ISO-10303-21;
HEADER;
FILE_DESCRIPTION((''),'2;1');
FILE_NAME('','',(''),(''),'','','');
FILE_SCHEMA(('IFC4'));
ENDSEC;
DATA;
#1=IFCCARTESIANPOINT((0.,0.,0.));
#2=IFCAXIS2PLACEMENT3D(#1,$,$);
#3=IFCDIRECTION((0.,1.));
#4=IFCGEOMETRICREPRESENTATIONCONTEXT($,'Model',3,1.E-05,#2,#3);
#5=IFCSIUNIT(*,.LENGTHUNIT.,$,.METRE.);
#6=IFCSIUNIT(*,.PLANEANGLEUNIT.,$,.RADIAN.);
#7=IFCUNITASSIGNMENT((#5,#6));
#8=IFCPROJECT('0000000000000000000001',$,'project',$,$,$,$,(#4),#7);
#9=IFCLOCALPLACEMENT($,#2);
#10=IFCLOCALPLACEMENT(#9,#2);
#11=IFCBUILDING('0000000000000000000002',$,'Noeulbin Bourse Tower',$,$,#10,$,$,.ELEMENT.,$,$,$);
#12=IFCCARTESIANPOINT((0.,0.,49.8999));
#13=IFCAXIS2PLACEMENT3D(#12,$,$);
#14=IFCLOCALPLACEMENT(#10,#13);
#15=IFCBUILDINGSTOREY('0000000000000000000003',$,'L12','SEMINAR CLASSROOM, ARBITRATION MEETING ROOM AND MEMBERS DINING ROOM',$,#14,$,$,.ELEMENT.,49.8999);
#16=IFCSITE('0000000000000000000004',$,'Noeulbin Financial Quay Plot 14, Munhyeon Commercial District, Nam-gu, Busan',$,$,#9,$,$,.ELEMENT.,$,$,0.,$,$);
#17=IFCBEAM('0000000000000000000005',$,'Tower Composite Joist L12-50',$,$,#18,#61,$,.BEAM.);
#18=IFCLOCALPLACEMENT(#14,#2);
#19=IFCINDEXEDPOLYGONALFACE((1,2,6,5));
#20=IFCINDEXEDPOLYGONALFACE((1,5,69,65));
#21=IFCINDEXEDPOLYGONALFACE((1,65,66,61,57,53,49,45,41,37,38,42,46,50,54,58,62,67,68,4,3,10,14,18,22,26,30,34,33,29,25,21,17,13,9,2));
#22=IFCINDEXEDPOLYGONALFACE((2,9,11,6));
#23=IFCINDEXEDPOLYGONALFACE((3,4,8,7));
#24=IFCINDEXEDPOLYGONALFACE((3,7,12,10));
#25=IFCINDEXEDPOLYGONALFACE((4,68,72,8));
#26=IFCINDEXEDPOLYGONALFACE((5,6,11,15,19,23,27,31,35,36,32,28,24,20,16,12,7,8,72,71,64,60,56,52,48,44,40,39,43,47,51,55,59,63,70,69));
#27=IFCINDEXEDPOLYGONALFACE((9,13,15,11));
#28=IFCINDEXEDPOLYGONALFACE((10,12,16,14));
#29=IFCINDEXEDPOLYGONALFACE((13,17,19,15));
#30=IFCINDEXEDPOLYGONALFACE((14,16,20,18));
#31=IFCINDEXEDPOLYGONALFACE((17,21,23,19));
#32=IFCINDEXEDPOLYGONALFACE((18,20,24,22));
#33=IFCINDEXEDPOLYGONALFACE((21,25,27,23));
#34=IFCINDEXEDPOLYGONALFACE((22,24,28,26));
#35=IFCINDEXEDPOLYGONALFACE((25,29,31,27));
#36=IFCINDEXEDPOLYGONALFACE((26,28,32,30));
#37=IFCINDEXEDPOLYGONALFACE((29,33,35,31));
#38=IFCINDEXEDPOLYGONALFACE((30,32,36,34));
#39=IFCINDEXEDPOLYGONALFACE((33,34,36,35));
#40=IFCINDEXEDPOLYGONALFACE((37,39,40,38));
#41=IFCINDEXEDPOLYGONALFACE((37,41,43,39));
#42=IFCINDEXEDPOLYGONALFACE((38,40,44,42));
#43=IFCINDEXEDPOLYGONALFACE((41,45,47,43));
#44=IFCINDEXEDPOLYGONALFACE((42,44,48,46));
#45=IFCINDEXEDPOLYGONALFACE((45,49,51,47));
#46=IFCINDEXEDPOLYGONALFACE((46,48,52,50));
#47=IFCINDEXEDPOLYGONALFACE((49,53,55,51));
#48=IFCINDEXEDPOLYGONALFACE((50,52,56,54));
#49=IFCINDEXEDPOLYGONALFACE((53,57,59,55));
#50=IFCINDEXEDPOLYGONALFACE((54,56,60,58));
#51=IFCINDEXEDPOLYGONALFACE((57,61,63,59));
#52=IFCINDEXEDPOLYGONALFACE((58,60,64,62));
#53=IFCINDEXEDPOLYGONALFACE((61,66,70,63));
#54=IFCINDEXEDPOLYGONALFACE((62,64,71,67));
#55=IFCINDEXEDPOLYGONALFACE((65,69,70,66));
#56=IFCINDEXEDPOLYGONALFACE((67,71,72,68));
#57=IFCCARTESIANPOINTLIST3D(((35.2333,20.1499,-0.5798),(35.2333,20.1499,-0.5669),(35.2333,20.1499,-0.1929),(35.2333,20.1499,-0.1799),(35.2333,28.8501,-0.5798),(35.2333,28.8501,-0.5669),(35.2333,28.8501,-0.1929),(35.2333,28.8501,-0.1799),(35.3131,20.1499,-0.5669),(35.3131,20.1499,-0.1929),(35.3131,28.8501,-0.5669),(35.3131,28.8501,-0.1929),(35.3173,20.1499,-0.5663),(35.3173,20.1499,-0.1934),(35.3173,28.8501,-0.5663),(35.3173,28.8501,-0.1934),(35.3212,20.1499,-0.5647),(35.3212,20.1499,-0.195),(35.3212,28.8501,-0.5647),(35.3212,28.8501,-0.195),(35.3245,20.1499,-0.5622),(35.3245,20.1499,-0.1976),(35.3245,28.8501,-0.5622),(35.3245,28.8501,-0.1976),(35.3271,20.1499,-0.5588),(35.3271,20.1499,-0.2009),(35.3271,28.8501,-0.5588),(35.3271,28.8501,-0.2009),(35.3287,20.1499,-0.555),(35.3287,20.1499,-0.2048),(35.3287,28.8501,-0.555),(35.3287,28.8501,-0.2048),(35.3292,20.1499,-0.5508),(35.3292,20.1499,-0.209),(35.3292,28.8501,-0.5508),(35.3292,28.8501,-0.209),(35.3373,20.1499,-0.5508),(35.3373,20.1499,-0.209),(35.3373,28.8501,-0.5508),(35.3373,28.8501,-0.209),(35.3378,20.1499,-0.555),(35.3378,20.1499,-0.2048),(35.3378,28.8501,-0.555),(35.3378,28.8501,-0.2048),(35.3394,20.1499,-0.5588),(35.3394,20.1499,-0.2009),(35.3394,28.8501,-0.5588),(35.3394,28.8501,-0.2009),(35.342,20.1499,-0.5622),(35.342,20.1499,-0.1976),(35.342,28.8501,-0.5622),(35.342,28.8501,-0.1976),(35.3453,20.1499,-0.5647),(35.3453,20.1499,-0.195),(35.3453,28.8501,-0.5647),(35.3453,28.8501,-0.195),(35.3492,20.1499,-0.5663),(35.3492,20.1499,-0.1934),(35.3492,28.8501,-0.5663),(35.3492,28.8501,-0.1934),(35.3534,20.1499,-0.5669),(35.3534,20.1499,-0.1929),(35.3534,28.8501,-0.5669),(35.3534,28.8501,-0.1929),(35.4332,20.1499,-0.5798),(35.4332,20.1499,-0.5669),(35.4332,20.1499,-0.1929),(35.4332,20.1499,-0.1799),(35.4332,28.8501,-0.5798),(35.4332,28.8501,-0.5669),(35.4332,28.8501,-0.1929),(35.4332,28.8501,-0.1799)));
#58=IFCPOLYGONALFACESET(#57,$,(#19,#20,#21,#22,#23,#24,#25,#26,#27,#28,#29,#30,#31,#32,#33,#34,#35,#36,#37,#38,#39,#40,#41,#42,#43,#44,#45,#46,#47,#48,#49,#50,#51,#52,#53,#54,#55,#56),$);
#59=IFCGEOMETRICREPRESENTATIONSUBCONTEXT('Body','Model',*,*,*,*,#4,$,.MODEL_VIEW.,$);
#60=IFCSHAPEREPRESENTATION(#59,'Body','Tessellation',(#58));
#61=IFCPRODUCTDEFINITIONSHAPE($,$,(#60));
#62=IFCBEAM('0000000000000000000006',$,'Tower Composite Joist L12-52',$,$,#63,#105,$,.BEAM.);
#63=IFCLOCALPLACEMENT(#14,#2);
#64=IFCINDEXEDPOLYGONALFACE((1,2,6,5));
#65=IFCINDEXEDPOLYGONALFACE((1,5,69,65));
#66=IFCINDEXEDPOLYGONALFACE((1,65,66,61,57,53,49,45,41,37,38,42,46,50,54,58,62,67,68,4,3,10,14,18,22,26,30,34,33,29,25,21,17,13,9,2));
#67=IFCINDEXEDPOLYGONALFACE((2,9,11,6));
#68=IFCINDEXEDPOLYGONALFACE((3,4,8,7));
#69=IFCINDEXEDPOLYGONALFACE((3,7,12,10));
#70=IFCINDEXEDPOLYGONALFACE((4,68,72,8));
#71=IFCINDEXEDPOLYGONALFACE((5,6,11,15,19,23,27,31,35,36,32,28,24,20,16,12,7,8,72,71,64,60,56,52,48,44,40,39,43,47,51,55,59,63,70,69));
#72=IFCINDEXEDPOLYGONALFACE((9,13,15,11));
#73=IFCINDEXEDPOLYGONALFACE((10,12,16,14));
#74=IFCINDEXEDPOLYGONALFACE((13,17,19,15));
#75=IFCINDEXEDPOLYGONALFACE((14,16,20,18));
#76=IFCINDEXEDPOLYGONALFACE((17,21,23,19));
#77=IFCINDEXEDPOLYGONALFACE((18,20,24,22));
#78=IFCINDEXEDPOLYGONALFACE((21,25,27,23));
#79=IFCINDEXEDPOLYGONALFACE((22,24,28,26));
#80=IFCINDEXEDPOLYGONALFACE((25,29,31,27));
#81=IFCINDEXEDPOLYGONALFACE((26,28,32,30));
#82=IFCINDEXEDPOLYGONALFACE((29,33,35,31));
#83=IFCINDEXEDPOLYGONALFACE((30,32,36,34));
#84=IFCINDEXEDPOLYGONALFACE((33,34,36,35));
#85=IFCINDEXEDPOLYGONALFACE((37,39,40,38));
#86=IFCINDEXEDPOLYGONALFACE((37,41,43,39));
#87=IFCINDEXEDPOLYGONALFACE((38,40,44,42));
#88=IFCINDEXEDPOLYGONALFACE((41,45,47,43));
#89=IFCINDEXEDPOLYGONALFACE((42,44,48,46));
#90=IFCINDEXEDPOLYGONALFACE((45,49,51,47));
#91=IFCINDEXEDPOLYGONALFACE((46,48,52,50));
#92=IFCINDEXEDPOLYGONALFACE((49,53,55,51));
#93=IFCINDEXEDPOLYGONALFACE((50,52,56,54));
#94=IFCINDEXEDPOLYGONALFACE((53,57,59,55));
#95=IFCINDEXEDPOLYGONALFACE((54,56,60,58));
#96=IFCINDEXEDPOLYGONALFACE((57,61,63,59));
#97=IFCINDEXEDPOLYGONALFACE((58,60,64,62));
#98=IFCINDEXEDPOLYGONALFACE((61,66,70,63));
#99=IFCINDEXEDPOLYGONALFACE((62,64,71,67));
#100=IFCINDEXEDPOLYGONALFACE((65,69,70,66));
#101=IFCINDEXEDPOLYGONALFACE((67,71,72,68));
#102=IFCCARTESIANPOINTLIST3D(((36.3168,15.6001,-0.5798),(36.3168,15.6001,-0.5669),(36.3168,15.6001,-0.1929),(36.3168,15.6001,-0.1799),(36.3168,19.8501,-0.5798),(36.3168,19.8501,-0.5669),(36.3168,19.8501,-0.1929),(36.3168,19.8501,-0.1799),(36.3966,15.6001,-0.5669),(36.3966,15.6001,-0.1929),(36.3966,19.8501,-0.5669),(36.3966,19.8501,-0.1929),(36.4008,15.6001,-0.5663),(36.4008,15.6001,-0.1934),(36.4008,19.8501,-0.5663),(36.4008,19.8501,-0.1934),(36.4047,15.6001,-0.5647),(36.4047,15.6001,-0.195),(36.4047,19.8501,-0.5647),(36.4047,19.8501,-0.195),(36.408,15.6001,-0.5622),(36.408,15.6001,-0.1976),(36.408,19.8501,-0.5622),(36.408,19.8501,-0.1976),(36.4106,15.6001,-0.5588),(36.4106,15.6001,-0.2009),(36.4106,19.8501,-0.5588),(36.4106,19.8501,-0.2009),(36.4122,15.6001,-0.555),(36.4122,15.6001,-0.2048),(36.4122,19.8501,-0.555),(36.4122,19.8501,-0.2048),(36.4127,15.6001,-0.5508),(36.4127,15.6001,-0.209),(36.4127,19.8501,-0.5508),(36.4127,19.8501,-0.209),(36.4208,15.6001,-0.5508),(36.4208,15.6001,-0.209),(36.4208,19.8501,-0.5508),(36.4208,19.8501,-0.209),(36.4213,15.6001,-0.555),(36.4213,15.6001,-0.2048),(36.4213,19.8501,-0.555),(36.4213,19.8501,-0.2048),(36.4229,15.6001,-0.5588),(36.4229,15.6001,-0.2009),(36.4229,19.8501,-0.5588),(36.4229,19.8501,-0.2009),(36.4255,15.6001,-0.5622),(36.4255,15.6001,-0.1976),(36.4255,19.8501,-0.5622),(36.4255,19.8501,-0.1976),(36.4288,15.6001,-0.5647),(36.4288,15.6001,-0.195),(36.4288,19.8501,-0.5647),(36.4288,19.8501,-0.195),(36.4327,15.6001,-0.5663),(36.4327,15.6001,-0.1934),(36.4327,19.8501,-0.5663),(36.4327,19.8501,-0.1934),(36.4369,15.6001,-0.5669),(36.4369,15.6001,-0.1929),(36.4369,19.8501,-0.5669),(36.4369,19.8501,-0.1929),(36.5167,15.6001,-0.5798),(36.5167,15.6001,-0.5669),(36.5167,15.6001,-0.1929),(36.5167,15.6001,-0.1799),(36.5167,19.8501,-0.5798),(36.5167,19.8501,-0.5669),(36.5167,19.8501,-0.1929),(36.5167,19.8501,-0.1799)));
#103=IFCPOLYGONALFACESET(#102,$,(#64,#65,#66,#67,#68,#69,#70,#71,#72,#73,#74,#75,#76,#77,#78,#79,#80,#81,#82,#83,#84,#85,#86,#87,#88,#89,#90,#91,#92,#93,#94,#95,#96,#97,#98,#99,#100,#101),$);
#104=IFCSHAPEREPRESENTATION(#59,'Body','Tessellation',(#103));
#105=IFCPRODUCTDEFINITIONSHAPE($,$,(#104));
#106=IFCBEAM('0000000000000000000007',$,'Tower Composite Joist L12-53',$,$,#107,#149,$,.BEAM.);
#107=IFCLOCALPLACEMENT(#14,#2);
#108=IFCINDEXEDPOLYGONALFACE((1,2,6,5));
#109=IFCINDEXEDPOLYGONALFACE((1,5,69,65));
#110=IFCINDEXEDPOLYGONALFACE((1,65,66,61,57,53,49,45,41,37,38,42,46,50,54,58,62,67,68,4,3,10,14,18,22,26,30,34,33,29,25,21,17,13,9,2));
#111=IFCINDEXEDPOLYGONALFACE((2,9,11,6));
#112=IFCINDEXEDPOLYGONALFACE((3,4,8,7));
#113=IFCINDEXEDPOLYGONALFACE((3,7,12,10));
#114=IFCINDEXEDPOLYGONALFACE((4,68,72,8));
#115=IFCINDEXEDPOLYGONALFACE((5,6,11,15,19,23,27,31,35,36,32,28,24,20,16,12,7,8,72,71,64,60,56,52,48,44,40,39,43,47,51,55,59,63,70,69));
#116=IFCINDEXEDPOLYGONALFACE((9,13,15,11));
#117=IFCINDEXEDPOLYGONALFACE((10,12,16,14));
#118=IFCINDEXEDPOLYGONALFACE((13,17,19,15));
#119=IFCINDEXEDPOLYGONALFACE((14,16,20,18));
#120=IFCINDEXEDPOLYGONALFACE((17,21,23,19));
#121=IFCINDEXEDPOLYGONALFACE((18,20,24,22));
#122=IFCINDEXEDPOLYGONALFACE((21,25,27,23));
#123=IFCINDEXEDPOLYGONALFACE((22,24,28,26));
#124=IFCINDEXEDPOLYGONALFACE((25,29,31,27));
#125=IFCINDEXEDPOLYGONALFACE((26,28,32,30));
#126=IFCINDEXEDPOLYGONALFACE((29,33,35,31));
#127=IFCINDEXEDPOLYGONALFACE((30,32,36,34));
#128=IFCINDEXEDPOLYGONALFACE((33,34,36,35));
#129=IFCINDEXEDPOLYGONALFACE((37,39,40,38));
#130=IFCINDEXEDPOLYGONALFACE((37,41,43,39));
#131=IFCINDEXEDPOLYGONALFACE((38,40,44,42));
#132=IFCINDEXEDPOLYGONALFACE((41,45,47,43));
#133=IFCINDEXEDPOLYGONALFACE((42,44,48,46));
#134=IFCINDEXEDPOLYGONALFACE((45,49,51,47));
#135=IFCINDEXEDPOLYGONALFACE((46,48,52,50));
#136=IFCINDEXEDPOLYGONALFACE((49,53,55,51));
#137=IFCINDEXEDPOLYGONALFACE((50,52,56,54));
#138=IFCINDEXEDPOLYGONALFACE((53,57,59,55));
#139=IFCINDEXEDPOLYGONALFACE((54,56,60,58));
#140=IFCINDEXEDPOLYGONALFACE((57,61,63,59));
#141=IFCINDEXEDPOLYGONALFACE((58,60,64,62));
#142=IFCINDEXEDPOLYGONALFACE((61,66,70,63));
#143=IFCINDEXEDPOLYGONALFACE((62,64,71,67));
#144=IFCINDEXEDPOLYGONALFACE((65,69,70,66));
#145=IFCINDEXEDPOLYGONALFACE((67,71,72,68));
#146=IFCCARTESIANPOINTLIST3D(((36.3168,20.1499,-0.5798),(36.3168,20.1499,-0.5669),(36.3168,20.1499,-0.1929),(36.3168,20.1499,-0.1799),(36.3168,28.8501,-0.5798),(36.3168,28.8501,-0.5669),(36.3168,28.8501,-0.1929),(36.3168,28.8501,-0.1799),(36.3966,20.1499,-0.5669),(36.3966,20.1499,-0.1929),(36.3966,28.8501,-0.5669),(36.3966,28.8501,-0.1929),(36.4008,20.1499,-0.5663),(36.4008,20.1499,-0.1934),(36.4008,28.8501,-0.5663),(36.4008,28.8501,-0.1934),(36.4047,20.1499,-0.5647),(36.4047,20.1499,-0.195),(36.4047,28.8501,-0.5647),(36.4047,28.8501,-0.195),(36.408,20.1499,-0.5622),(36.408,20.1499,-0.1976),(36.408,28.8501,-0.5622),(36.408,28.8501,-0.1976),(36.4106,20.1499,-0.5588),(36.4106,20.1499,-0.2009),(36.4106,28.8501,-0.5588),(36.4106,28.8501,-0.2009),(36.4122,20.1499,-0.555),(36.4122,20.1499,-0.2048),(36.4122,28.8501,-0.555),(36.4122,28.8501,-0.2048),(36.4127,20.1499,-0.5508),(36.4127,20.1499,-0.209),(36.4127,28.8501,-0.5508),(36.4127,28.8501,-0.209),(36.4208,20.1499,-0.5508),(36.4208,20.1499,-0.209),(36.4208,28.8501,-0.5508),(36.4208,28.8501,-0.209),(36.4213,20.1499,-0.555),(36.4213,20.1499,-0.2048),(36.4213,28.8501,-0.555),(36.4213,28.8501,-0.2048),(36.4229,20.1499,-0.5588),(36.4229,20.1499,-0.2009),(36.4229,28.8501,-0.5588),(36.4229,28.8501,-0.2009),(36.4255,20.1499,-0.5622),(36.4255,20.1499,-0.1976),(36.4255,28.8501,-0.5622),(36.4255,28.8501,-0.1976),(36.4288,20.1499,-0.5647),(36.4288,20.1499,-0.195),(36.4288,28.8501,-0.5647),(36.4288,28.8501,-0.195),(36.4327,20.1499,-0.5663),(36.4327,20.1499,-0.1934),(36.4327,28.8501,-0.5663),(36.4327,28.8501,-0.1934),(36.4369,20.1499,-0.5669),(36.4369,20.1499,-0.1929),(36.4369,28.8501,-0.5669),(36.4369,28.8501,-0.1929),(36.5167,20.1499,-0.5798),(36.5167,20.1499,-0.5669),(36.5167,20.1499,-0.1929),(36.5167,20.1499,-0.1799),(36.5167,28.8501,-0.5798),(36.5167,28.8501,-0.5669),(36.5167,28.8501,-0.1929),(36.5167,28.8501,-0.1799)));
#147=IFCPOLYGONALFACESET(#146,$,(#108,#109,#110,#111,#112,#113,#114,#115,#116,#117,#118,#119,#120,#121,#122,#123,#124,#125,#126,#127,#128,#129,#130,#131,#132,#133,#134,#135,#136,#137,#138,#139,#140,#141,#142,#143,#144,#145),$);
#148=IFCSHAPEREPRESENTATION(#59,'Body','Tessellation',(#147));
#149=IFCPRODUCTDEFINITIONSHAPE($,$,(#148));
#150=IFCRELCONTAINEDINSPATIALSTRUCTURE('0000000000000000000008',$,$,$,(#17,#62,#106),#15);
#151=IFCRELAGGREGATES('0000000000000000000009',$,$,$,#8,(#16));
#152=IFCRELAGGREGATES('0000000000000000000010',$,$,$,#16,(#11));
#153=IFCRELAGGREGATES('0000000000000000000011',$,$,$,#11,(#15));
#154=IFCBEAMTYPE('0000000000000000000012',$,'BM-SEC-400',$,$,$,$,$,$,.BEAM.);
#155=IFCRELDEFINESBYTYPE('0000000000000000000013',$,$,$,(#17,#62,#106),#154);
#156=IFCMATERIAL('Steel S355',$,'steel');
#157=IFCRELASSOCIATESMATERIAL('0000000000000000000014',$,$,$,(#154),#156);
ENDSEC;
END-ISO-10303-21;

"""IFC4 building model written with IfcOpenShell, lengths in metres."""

from ifc_helpers import new_model, si_unit, direction, frame, origin, origin_2d, place, context, subcontext, project, spatial, i_section, extrude, material, material_profile, profile_set, type_object, element, save


model = new_model("IFC4")

# Units and contexts
model_context = context("Model", 3, precision=1e-05, world=origin(), true_north=direction((0.0, 1.0)))
body_context = subcontext(model_context, "Body", "Model", "MODEL_VIEW")
ifc_project = project(units=[si_unit("LENGTHUNIT", "METRE"), si_unit("PLANEANGLEUNIT", "RADIAN")], contexts=[model_context])

# Site, building, storey
site_placement = place(None, origin())
site = spatial("IfcSite", under=ifc_project, at=site_placement, Name="Noeulbin Financial Quay Plot 14, Munhyeon Commercial District, Nam-gu, Busan", CompositionType="ELEMENT", RefElevation=0.0)
building_placement = place(site_placement, origin())
building = spatial("IfcBuilding", under=site, at=building_placement, Name="Noeulbin Bourse Tower", CompositionType="ELEMENT")
storey_placement = place(building_placement, frame((0.0, 0.0, 49.8999)))
storey = spatial("IfcBuildingStorey", under=building, at=storey_placement, Name="L12", Description="SEMINAR CLASSROOM, ARBITRATION MEETING ROOM AND MEMBERS DINING ROOM", CompositionType="ELEMENT", Elevation=49.8999)

# Beams
ifc_material_1 = material(Name="Steel S355", Category="steel")
ifc_material_profile_1 = material_profile(ifc_material_1, i_section(OverallWidth=0.2, OverallDepth=0.3999, WebThickness=0.0081, FlangeThickness=0.0129, FilletRadius=0.0161, at=origin_2d()), Name="H-400x200x8x13", Category="LoadBearing")
ifc_profile_set_1 = profile_set([ifc_material_profile_1], Name="Steel S355")
beam_type_1 = type_object("IfcBeamType", Name="BM-SEC-400", PredefinedType="BEAM", material=ifc_profile_set_1)
beam_1_placement = place(storey_placement, frame((35.3333, 20.1499, -0.3799), z_axis=(0.0, 1.0, 0.0), x_axis=(-1.0, 0.0, 0.0)))
element("IfcBeam", 1, at=beam_1_placement, inside=storey, type_object=beam_type_1, Name="Tower Composite Joist L12-50", PredefinedType="BEAM", context=body_context, shape_type="SweptSolid", body=[
    extrude(i_section(OverallWidth=0.2, OverallDepth=0.3999, WebThickness=0.0081, FlangeThickness=0.0129, FilletRadius=0.0161, at=origin_2d()), origin(), (0.0, 0.0, 1.0), 8.7002),
])
beam_2_placement = place(storey_placement, frame((36.4167, 15.6001, -0.3799), z_axis=(0.0, 1.0, 0.0), x_axis=(-1.0, 0.0, 0.0)))
element("IfcBeam", 2, at=beam_2_placement, inside=storey, type_object=beam_type_1, Name="Tower Composite Joist L12-52", PredefinedType="BEAM", context=body_context, shape_type="SweptSolid", body=[
    extrude(i_section(OverallWidth=0.2, OverallDepth=0.3999, WebThickness=0.0081, FlangeThickness=0.0129, FilletRadius=0.0161, at=origin_2d()), origin(), (0.0, 0.0, 1.0), 4.25),
])
beam_3_placement = place(storey_placement, frame((36.4167, 20.1499, -0.3799), z_axis=(0.0, 1.0, 0.0), x_axis=(-1.0, 0.0, 0.0)))
element("IfcBeam", 3, at=beam_3_placement, inside=storey, type_object=beam_type_1, Name="Tower Composite Joist L12-53", PredefinedType="BEAM", context=body_context, shape_type="SweptSolid", body=[
    extrude(i_section(OverallWidth=0.2, OverallDepth=0.3999, WebThickness=0.0081, FlangeThickness=0.0129, FilletRadius=0.0161, at=origin_2d()), origin(), (0.0, 0.0, 1.0), 8.7002),
])

save(model, "model.ifc")
